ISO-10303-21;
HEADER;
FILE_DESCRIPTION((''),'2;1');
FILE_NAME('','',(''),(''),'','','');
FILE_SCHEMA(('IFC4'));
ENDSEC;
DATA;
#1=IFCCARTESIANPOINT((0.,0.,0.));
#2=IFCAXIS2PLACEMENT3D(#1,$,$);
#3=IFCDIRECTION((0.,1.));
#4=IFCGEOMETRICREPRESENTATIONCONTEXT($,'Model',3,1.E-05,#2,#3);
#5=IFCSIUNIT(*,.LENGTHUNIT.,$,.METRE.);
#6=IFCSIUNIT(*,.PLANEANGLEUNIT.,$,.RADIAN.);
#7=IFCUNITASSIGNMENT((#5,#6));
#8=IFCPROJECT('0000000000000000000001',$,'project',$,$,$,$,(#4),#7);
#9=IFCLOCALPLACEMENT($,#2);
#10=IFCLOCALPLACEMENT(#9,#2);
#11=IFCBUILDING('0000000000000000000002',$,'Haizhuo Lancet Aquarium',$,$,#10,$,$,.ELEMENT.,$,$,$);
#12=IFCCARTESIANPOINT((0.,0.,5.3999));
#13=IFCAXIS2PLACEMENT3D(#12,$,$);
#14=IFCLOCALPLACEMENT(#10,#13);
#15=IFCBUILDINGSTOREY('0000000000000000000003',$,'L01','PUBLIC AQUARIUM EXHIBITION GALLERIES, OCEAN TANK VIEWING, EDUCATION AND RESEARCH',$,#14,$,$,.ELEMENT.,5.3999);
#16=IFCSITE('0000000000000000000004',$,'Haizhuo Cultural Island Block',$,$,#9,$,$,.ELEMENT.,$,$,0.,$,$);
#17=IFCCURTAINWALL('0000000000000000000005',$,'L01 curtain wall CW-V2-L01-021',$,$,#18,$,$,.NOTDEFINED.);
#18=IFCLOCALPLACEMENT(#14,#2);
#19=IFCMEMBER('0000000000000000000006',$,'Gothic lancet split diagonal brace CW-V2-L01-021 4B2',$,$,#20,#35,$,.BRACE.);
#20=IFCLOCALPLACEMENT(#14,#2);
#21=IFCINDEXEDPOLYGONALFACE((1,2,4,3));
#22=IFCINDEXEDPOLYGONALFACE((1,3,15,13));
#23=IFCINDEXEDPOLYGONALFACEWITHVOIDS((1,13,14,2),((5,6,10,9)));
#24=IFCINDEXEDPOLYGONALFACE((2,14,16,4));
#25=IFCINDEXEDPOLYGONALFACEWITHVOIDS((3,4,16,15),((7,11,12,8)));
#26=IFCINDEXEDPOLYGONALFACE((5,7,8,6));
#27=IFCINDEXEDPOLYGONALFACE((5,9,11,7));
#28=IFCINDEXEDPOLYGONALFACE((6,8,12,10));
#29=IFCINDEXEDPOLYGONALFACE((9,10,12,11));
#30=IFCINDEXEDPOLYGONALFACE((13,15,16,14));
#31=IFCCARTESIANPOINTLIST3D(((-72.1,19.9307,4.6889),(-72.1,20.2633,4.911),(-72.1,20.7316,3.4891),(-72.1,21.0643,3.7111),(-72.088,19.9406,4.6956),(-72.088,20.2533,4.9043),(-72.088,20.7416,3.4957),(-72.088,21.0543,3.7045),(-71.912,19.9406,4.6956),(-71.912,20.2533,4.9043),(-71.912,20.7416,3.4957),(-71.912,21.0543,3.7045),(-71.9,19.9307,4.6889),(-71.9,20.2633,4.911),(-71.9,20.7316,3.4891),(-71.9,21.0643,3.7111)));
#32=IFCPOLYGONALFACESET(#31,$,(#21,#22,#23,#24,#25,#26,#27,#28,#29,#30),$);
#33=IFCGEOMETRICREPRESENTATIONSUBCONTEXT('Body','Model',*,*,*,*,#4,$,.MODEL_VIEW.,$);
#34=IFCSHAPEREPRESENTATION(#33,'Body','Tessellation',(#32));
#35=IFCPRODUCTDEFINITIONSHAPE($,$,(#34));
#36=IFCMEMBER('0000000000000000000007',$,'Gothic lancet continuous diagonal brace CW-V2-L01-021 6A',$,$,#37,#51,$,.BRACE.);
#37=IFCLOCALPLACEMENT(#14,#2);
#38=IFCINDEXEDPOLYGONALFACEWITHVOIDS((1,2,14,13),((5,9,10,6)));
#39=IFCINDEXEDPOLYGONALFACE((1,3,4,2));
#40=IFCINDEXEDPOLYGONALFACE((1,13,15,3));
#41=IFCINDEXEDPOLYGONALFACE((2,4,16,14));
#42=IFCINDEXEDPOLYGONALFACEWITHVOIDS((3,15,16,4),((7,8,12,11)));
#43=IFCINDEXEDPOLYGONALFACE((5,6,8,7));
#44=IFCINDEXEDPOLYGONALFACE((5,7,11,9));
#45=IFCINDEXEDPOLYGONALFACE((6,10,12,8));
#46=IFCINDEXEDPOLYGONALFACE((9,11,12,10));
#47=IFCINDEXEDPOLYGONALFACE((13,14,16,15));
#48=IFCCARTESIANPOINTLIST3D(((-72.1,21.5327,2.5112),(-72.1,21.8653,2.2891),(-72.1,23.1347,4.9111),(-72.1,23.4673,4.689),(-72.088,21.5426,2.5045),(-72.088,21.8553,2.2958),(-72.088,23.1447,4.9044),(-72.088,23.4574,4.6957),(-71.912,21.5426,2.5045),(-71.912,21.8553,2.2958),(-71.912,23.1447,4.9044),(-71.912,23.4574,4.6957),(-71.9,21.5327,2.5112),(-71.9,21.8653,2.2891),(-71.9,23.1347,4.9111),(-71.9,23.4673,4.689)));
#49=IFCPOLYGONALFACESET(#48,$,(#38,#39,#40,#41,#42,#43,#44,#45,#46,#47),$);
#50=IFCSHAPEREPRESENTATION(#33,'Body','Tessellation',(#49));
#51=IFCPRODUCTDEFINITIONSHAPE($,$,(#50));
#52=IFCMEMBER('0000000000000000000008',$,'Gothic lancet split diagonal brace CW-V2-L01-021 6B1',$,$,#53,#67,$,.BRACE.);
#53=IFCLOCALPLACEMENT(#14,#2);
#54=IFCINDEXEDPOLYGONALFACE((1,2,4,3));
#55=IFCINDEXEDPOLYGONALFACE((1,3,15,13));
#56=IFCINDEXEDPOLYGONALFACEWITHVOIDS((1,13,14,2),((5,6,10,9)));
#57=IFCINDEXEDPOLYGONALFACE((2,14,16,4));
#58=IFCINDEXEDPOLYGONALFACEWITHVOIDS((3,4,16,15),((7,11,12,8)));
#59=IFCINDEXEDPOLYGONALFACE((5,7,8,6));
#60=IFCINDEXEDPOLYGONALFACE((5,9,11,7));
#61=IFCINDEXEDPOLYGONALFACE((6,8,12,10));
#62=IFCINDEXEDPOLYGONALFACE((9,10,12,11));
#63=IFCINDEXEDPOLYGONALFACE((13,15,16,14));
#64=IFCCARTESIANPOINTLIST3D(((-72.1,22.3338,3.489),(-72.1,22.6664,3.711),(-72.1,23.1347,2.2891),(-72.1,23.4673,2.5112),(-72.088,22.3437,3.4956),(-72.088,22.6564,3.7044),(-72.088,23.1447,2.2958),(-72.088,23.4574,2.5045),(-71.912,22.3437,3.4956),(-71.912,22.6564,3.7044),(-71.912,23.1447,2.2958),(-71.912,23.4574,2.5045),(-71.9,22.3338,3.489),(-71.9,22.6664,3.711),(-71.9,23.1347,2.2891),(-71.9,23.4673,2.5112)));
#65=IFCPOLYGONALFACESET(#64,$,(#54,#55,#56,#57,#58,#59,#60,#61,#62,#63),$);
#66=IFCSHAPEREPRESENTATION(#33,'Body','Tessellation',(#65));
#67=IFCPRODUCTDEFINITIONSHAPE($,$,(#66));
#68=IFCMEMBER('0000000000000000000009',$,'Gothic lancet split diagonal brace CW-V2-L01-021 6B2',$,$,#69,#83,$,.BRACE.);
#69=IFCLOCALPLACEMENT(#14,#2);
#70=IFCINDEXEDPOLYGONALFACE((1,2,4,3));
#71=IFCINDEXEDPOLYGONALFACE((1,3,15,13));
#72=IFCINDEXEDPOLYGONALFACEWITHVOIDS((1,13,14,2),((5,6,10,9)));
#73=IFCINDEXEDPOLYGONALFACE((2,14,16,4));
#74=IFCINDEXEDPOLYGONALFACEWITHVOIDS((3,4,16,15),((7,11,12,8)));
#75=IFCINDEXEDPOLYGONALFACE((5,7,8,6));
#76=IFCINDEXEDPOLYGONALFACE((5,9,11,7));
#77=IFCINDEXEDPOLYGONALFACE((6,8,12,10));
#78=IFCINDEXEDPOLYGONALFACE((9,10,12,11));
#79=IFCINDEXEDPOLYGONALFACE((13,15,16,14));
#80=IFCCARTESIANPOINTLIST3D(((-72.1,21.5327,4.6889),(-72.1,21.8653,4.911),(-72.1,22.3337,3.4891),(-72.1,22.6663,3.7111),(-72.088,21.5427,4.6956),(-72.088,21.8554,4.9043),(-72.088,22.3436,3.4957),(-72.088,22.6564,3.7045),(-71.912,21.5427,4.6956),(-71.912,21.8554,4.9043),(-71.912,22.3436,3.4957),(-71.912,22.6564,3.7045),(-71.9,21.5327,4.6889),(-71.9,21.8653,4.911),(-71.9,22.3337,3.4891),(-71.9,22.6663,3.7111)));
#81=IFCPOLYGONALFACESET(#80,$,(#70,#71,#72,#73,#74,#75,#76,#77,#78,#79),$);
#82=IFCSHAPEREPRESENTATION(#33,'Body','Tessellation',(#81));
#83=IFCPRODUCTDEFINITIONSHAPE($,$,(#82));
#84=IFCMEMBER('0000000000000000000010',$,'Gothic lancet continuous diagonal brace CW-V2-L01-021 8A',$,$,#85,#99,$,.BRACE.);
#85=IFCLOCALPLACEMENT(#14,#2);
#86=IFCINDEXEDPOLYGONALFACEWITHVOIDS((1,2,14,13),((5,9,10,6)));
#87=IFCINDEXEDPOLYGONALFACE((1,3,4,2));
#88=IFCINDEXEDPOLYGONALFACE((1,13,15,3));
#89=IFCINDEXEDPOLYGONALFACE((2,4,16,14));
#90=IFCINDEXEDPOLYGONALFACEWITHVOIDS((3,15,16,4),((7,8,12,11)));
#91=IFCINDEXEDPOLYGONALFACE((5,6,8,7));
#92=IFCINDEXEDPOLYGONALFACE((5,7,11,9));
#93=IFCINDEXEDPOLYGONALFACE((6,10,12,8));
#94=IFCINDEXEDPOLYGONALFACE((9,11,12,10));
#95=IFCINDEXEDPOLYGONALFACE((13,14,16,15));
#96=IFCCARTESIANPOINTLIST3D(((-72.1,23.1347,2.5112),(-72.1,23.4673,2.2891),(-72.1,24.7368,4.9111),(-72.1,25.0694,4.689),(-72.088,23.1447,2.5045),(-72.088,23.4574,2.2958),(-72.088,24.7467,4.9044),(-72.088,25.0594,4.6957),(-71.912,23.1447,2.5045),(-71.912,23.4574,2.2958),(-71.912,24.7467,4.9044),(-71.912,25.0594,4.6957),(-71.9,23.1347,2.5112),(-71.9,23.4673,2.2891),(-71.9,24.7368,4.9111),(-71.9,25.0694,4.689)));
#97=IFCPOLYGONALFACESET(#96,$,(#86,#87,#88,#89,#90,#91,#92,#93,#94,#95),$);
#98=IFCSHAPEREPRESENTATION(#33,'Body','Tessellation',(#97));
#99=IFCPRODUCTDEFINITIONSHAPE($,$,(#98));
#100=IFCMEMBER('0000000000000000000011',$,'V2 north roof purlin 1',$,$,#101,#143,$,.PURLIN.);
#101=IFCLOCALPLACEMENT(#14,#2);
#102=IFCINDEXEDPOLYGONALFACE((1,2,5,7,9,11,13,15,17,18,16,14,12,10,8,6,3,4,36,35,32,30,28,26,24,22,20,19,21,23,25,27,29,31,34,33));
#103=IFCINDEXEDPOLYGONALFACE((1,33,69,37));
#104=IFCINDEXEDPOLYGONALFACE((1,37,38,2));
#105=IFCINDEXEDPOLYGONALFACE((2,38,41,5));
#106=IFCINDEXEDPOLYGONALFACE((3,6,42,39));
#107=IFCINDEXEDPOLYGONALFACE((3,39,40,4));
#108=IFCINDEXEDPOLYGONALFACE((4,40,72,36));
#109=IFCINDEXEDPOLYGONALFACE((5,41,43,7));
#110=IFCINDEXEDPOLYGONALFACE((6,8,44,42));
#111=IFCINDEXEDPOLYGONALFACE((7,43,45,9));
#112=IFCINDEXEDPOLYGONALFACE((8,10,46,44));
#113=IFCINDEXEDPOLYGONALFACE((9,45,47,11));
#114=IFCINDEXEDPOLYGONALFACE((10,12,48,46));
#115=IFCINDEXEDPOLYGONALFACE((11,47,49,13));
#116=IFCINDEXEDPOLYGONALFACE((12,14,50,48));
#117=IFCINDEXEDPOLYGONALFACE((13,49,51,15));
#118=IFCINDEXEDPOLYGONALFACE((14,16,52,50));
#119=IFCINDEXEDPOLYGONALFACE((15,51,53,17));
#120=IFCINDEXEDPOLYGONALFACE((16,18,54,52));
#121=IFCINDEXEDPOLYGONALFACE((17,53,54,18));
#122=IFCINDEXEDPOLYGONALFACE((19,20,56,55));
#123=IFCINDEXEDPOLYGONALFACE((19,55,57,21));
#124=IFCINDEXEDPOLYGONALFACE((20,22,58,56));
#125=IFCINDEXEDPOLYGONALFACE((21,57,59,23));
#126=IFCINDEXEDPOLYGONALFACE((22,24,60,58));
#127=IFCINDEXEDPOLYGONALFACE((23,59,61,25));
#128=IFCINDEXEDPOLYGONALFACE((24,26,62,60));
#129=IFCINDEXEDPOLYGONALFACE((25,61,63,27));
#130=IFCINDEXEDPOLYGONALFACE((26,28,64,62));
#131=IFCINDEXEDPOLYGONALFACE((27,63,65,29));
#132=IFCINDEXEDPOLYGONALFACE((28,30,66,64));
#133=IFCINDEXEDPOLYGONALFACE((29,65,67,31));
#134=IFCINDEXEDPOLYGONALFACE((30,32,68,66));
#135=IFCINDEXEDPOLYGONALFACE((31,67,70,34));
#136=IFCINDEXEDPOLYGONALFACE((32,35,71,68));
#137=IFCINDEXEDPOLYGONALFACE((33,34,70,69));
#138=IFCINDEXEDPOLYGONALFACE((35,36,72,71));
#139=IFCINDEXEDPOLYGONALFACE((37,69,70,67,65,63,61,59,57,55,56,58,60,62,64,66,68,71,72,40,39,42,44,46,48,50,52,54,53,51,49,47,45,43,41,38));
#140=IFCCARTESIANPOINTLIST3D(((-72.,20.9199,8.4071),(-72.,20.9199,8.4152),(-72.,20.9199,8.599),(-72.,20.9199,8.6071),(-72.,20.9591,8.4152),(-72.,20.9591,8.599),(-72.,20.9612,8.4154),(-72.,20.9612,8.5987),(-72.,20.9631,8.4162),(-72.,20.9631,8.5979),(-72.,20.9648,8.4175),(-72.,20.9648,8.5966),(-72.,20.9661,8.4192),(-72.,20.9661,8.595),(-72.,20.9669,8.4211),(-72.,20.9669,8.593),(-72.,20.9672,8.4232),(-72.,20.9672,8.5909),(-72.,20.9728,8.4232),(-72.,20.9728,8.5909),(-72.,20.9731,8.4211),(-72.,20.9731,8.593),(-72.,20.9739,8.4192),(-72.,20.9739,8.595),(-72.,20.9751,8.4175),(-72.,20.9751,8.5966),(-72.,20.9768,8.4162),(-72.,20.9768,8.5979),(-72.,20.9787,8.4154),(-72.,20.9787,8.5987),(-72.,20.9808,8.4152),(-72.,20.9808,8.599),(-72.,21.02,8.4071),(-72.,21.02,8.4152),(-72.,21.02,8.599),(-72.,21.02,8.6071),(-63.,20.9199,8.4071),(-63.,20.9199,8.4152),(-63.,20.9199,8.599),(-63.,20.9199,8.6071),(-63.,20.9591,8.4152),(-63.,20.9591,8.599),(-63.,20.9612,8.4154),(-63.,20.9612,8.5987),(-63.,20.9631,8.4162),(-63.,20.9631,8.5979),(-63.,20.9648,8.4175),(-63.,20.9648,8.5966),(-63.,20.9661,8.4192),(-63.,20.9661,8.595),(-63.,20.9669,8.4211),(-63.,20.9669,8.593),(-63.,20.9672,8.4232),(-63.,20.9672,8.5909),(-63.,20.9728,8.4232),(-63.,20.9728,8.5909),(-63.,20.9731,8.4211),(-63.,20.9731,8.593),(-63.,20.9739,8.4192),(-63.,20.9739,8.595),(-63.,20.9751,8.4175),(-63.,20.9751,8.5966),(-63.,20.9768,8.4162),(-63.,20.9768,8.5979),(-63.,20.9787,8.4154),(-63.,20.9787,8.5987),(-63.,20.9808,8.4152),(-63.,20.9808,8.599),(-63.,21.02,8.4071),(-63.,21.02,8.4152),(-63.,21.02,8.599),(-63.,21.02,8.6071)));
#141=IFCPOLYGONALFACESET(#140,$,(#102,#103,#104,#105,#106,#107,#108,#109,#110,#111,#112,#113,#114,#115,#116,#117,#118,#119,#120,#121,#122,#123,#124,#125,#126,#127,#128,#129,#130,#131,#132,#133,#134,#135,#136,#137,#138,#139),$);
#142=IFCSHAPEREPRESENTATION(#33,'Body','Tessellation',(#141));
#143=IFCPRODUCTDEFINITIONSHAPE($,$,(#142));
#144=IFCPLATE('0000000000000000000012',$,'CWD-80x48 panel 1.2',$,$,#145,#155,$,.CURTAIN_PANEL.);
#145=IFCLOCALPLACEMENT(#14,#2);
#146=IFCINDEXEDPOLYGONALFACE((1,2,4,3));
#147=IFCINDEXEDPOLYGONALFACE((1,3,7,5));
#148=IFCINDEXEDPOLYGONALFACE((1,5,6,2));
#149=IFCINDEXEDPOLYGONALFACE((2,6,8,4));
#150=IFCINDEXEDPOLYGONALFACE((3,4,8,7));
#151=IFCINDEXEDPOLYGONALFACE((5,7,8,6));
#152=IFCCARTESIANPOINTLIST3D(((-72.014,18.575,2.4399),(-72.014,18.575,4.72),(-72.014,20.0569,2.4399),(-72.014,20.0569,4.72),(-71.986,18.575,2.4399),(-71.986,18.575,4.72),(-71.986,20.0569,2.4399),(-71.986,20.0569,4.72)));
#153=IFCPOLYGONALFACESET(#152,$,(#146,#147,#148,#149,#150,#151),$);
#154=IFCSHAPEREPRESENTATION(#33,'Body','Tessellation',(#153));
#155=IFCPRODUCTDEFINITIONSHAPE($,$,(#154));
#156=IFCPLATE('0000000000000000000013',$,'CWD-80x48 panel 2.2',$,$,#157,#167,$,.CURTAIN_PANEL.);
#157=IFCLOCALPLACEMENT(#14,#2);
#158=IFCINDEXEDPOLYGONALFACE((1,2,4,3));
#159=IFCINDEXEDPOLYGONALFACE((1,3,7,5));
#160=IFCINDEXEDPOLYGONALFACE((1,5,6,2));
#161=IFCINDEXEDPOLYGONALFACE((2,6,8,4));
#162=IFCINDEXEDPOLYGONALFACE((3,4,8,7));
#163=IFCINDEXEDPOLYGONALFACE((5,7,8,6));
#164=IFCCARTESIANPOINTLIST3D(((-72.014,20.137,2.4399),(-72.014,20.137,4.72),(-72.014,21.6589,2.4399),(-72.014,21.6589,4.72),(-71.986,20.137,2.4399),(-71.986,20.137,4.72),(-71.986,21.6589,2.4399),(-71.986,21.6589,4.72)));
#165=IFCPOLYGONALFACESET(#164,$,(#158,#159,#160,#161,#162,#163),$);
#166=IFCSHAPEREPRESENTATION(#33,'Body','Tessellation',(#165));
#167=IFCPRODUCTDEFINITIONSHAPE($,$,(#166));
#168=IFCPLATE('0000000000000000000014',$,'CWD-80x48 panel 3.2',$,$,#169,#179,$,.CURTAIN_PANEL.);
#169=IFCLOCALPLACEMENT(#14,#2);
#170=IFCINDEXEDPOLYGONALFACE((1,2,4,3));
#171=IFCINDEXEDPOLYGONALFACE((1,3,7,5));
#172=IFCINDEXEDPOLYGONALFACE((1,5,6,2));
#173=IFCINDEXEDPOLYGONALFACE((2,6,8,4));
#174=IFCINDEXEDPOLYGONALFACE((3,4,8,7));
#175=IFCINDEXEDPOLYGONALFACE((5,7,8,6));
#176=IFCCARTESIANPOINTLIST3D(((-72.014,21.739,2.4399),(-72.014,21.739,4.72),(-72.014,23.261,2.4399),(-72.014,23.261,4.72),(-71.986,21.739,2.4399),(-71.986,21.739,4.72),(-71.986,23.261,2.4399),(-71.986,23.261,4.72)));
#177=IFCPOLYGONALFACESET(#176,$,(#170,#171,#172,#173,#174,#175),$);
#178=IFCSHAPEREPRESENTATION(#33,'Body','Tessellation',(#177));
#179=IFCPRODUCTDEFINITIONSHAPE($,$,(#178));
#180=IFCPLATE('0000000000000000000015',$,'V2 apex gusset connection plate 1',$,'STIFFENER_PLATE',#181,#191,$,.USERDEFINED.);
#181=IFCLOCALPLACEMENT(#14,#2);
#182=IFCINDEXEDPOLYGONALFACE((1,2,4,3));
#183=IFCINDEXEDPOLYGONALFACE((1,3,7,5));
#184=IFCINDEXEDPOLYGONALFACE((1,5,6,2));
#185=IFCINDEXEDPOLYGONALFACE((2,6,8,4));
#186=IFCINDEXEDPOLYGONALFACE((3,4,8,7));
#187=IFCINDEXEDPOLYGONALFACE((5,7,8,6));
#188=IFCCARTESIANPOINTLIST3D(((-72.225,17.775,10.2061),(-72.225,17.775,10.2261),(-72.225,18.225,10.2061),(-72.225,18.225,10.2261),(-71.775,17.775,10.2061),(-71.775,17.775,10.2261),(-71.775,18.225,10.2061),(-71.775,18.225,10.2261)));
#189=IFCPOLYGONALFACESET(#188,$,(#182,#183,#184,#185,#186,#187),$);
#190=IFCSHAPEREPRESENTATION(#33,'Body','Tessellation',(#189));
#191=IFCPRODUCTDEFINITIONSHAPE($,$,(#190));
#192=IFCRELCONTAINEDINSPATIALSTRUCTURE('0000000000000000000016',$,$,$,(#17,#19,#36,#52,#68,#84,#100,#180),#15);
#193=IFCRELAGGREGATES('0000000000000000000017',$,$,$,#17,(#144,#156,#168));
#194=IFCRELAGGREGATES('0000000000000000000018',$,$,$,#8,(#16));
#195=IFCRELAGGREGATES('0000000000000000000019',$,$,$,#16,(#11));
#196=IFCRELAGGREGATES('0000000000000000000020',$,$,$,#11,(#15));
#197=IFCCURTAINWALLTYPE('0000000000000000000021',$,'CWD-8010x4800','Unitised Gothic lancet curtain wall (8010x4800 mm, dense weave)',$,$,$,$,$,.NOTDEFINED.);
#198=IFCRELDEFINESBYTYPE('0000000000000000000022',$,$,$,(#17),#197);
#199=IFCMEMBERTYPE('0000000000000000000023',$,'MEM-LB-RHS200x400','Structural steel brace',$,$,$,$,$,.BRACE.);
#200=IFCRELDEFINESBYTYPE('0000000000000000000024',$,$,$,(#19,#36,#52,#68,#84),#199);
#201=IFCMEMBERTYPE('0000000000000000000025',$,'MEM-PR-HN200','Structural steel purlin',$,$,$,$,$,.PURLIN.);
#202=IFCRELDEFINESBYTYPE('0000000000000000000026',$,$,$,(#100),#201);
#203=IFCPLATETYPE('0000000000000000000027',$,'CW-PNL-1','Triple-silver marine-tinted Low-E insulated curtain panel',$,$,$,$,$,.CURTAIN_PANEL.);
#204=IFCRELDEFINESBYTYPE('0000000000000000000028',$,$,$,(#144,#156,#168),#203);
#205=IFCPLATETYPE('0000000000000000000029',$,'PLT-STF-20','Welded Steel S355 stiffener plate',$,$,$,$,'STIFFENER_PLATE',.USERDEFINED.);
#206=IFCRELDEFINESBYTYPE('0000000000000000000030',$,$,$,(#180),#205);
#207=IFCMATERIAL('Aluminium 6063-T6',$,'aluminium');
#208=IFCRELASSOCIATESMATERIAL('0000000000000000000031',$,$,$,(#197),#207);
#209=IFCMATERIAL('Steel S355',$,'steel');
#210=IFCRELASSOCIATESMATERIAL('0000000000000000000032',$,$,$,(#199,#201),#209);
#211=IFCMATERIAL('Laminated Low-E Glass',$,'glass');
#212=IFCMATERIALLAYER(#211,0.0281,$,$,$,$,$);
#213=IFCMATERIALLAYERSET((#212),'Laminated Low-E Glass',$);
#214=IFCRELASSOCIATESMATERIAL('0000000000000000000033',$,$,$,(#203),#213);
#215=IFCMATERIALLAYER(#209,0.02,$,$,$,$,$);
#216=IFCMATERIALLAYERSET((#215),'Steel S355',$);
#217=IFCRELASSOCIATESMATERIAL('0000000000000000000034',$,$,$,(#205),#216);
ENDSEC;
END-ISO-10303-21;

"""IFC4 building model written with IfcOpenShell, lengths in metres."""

from ifc_helpers import new_model, si_unit, direction, frame, origin, origin_2d, place, context, subcontext, project, spatial, rectangle, hollow_rectangle, i_section, extrude, material, layer, layer_set, material_profile, profile_set, type_object, element, aggregate, save


model = new_model("IFC4")

# Units and contexts
model_context = context("Model", 3, precision=1e-05, world=origin(), true_north=direction((0.0, 1.0)))
body_context = subcontext(model_context, "Body", "Model", "MODEL_VIEW")
ifc_project = project(units=[si_unit("LENGTHUNIT", "METRE"), si_unit("PLANEANGLEUNIT", "RADIAN")], contexts=[model_context])

# Site, building, storey
site_placement = place(None, origin())
site = spatial("IfcSite", under=ifc_project, at=site_placement, Name="Haizhuo Cultural Island Block", CompositionType="ELEMENT", RefElevation=0.0)
building_placement = place(site_placement, origin())
building = spatial("IfcBuilding", under=site, at=building_placement, Name="Haizhuo Lancet Aquarium", CompositionType="ELEMENT")
storey_placement = place(building_placement, frame((0.0, 0.0, 5.3999)))
storey = spatial("IfcBuildingStorey", under=building, at=storey_placement, Name="L01", Description="PUBLIC AQUARIUM EXHIBITION GALLERIES, OCEAN TANK VIEWING, EDUCATION AND RESEARCH", CompositionType="ELEMENT", Elevation=5.3999)

# Curtain wall
ifc_material_1 = material(Name="Aluminium 6063-T6", Category="aluminium")
curtain_wall_type = type_object("IfcCurtainWallType", Name="CWD-8010x4800", Description="Unitised Gothic lancet curtain wall (8010x4800 mm, dense weave)", PredefinedType="NOTDEFINED", material=ifc_material_1)
curtain_wall_placement = place(storey_placement, origin())
curtain_wall = element("IfcCurtainWall", 1, at=curtain_wall_placement, inside=storey, type_object=curtain_wall_type, Name="L01 curtain wall CW-V2-L01-021", PredefinedType="NOTDEFINED")

# Members
ifc_material_2 = material(Name="Steel S355", Category="steel")
ifc_material_profile_1 = material_profile(ifc_material_2, hollow_rectangle(XDim=0.2, YDim=0.3999, WallThickness=0.012, at=origin_2d()), Name="RHS 200x400x12")
ifc_profile_set_1 = profile_set([ifc_material_profile_1], Name="Steel S355")
member_type_1 = type_object("IfcMemberType", Name="MEM-LB-RHS200x400", Description="Structural steel brace", PredefinedType="BRACE", material=ifc_profile_set_1)
for number, where, z_axis, x_axis, name in (
    (2, (-72.0, 20.8979, 3.6001), (0.0, -0.555208, 0.831712), (1.0, 0.0, 0.0), "Gothic lancet split diagonal brace CW-V2-L01-021 4B2"),
):
    element("IfcMember", number, at=place(storey_placement, frame(where, z_axis=z_axis, x_axis=x_axis)), inside=storey, type_object=member_type_1, Name=name, PredefinedType="BRACE", context=body_context, shape_type="SweptSolid", body=[
        extrude(hollow_rectangle(XDim=0.2, YDim=0.3999, WallThickness=0.012, at=origin_2d()), origin(), (0.0, 0.0, 1.0), 1.4426),
    ])
member_1_placement = place(storey_placement, frame((-72.0, 21.699, 2.4001), z_axis=(0.0, 0.555208, 0.831712), x_axis=(-1.0, 0.0, 0.0)))
element("IfcMember", 3, at=member_1_placement, inside=storey, type_object=member_type_1, Name="Gothic lancet continuous diagonal brace CW-V2-L01-021 6A", PredefinedType="BRACE", context=body_context, shape_type="SweptSolid", body=[
    extrude(hollow_rectangle(XDim=0.2, YDim=0.3999, WallThickness=0.012, at=origin_2d()), origin(), (0.0, 0.0, 1.0), 2.8855),
])
for number, where, z_axis, x_axis, name in (
    (4, (-72.0, 23.301, 2.4001), (0.0, -0.555208, 0.831712), (1.0, 0.0, 0.0), "Gothic lancet split diagonal brace CW-V2-L01-021 6B1"),
    (5, (-72.0, 22.5, 3.6001), (0.0, -0.555208, 0.831712), (1.0, 0.0, 0.0), "Gothic lancet split diagonal brace CW-V2-L01-021 6B2"),
):
    element("IfcMember", number, at=place(storey_placement, frame(where, z_axis=z_axis, x_axis=x_axis)), inside=storey, type_object=member_type_1, Name=name, PredefinedType="BRACE", context=body_context, shape_type="SweptSolid", body=[
        extrude(hollow_rectangle(XDim=0.2, YDim=0.3999, WallThickness=0.012, at=origin_2d()), origin(), (0.0, 0.0, 1.0), 1.4426),
    ])
member_2_placement = place(storey_placement, frame((-72.0, 23.301, 2.4001), z_axis=(0.0, 0.555208, 0.831712), x_axis=(-1.0, 0.0, 0.0)))
element("IfcMember", 6, at=member_2_placement, inside=storey, type_object=member_type_1, Name="Gothic lancet continuous diagonal brace CW-V2-L01-021 8A", PredefinedType="BRACE", context=body_context, shape_type="SweptSolid", body=[
    extrude(hollow_rectangle(XDim=0.2, YDim=0.3999, WallThickness=0.012, at=origin_2d()), origin(), (0.0, 0.0, 1.0), 2.8855),
])
ifc_material_profile_2 = material_profile(ifc_material_2, i_section(OverallWidth=0.1001, OverallDepth=0.2, WebThickness=0.0056, FlangeThickness=0.0081, FilletRadius=0.0081, at=origin_2d()), Name="HN 200x100x5.5x8")
ifc_profile_set_2 = profile_set([ifc_material_profile_2], Name="Steel S355")
member_type_2 = type_object("IfcMemberType", Name="MEM-PR-HN200", Description="Structural steel purlin", PredefinedType="PURLIN", material=ifc_profile_set_2)
member_3_placement = place(storey_placement, frame((-72.0, 20.97, 8.5071), z_axis=(1.0, 0.0, 0.0), x_axis=(0.0, 1.0, 0.0)))
element("IfcMember", 7, at=member_3_placement, inside=storey, type_object=member_type_2, Name="V2 north roof purlin 1", PredefinedType="PURLIN", context=body_context, shape_type="SweptSolid", body=[
    extrude(i_section(OverallWidth=0.1001, OverallDepth=0.2, WebThickness=0.0056, FlangeThickness=0.0081, FilletRadius=0.0081, at=origin_2d()), origin(), (0.0, 0.0, 1.0), 9.0),
])

# Plates
ifc_material_3 = material(Name="Laminated Low-E Glass", Category="glass")
ifc_layer_1 = layer(ifc_material_3, 0.0281)
ifc_layer_set_1 = layer_set([ifc_layer_1], Name="Laminated Low-E Glass")
plate_type_1 = type_object("IfcPlateType", Name="CW-PNL-1", Description="Triple-silver marine-tinted Low-E insulated curtain panel", PredefinedType="CURTAIN_PANEL", material=ifc_layer_set_1)
plate_1_placement = place(storey_placement, frame((-72.0, 19.3159, 2.4399), z_axis=(0.0, 0.0, 1.0), x_axis=(0.0, 1.0, 0.0)))
plate_1 = element("IfcPlate", 8, at=plate_1_placement, type_object=plate_type_1, Name="CWD-80x48 panel 1.2", PredefinedType="CURTAIN_PANEL", context=body_context, shape_type="SweptSolid", body=[
    extrude(rectangle(XDim=1.4819, YDim=0.0281, at=origin_2d()), origin(), (0.0, 0.0, 1.0), 2.28),
])
plate_2_placement = place(storey_placement, frame((-72.0, 20.8979, 2.4399), z_axis=(0.0, 0.0, 1.0), x_axis=(0.0, 1.0, 0.0)))
plate_2 = element("IfcPlate", 9, at=plate_2_placement, type_object=plate_type_1, Name="CWD-80x48 panel 2.2", PredefinedType="CURTAIN_PANEL", context=body_context, shape_type="SweptSolid", body=[
    extrude(rectangle(XDim=1.522, YDim=0.0281, at=origin_2d()), origin(), (0.0, 0.0, 1.0), 2.28),
])
plate_3_placement = place(storey_placement, frame((-72.0, 22.5, 2.4399), z_axis=(0.0, 0.0, 1.0), x_axis=(0.0, 1.0, 0.0)))
plate_3 = element("IfcPlate", 10, at=plate_3_placement, type_object=plate_type_1, Name="CWD-80x48 panel 3.2", PredefinedType="CURTAIN_PANEL", context=body_context, shape_type="SweptSolid", body=[
    extrude(rectangle(XDim=1.522, YDim=0.0281, at=origin_2d()), origin(), (0.0, 0.0, 1.0), 2.28),
])
aggregate(curtain_wall, [plate_1, plate_2, plate_3])
ifc_layer_2 = layer(ifc_material_2, 0.02)
ifc_layer_set_2 = layer_set([ifc_layer_2], Name="Steel S355")
plate_type_2 = type_object("IfcPlateType", Name="PLT-STF-20", Description="Welded Steel S355 stiffener plate", ElementType="STIFFENER_PLATE", PredefinedType="USERDEFINED", material=ifc_layer_set_2)
plate_4_placement = place(storey_placement, frame((-72.0, 18.0, 10.2061), z_axis=(0.0, 0.0, 1.0), x_axis=(1.0, 0.0, 0.0)))
element("IfcPlate", 11, at=plate_4_placement, inside=storey, type_object=plate_type_2, Name="V2 apex gusset connection plate 1", ObjectType="STIFFENER_PLATE", PredefinedType="USERDEFINED", context=body_context, shape_type="SweptSolid", body=[
    extrude(rectangle(XDim=0.45, YDim=0.45, at=origin_2d()), origin(), (0.0, 0.0, 1.0), 0.02),
])

save(model, "model.ifc")
